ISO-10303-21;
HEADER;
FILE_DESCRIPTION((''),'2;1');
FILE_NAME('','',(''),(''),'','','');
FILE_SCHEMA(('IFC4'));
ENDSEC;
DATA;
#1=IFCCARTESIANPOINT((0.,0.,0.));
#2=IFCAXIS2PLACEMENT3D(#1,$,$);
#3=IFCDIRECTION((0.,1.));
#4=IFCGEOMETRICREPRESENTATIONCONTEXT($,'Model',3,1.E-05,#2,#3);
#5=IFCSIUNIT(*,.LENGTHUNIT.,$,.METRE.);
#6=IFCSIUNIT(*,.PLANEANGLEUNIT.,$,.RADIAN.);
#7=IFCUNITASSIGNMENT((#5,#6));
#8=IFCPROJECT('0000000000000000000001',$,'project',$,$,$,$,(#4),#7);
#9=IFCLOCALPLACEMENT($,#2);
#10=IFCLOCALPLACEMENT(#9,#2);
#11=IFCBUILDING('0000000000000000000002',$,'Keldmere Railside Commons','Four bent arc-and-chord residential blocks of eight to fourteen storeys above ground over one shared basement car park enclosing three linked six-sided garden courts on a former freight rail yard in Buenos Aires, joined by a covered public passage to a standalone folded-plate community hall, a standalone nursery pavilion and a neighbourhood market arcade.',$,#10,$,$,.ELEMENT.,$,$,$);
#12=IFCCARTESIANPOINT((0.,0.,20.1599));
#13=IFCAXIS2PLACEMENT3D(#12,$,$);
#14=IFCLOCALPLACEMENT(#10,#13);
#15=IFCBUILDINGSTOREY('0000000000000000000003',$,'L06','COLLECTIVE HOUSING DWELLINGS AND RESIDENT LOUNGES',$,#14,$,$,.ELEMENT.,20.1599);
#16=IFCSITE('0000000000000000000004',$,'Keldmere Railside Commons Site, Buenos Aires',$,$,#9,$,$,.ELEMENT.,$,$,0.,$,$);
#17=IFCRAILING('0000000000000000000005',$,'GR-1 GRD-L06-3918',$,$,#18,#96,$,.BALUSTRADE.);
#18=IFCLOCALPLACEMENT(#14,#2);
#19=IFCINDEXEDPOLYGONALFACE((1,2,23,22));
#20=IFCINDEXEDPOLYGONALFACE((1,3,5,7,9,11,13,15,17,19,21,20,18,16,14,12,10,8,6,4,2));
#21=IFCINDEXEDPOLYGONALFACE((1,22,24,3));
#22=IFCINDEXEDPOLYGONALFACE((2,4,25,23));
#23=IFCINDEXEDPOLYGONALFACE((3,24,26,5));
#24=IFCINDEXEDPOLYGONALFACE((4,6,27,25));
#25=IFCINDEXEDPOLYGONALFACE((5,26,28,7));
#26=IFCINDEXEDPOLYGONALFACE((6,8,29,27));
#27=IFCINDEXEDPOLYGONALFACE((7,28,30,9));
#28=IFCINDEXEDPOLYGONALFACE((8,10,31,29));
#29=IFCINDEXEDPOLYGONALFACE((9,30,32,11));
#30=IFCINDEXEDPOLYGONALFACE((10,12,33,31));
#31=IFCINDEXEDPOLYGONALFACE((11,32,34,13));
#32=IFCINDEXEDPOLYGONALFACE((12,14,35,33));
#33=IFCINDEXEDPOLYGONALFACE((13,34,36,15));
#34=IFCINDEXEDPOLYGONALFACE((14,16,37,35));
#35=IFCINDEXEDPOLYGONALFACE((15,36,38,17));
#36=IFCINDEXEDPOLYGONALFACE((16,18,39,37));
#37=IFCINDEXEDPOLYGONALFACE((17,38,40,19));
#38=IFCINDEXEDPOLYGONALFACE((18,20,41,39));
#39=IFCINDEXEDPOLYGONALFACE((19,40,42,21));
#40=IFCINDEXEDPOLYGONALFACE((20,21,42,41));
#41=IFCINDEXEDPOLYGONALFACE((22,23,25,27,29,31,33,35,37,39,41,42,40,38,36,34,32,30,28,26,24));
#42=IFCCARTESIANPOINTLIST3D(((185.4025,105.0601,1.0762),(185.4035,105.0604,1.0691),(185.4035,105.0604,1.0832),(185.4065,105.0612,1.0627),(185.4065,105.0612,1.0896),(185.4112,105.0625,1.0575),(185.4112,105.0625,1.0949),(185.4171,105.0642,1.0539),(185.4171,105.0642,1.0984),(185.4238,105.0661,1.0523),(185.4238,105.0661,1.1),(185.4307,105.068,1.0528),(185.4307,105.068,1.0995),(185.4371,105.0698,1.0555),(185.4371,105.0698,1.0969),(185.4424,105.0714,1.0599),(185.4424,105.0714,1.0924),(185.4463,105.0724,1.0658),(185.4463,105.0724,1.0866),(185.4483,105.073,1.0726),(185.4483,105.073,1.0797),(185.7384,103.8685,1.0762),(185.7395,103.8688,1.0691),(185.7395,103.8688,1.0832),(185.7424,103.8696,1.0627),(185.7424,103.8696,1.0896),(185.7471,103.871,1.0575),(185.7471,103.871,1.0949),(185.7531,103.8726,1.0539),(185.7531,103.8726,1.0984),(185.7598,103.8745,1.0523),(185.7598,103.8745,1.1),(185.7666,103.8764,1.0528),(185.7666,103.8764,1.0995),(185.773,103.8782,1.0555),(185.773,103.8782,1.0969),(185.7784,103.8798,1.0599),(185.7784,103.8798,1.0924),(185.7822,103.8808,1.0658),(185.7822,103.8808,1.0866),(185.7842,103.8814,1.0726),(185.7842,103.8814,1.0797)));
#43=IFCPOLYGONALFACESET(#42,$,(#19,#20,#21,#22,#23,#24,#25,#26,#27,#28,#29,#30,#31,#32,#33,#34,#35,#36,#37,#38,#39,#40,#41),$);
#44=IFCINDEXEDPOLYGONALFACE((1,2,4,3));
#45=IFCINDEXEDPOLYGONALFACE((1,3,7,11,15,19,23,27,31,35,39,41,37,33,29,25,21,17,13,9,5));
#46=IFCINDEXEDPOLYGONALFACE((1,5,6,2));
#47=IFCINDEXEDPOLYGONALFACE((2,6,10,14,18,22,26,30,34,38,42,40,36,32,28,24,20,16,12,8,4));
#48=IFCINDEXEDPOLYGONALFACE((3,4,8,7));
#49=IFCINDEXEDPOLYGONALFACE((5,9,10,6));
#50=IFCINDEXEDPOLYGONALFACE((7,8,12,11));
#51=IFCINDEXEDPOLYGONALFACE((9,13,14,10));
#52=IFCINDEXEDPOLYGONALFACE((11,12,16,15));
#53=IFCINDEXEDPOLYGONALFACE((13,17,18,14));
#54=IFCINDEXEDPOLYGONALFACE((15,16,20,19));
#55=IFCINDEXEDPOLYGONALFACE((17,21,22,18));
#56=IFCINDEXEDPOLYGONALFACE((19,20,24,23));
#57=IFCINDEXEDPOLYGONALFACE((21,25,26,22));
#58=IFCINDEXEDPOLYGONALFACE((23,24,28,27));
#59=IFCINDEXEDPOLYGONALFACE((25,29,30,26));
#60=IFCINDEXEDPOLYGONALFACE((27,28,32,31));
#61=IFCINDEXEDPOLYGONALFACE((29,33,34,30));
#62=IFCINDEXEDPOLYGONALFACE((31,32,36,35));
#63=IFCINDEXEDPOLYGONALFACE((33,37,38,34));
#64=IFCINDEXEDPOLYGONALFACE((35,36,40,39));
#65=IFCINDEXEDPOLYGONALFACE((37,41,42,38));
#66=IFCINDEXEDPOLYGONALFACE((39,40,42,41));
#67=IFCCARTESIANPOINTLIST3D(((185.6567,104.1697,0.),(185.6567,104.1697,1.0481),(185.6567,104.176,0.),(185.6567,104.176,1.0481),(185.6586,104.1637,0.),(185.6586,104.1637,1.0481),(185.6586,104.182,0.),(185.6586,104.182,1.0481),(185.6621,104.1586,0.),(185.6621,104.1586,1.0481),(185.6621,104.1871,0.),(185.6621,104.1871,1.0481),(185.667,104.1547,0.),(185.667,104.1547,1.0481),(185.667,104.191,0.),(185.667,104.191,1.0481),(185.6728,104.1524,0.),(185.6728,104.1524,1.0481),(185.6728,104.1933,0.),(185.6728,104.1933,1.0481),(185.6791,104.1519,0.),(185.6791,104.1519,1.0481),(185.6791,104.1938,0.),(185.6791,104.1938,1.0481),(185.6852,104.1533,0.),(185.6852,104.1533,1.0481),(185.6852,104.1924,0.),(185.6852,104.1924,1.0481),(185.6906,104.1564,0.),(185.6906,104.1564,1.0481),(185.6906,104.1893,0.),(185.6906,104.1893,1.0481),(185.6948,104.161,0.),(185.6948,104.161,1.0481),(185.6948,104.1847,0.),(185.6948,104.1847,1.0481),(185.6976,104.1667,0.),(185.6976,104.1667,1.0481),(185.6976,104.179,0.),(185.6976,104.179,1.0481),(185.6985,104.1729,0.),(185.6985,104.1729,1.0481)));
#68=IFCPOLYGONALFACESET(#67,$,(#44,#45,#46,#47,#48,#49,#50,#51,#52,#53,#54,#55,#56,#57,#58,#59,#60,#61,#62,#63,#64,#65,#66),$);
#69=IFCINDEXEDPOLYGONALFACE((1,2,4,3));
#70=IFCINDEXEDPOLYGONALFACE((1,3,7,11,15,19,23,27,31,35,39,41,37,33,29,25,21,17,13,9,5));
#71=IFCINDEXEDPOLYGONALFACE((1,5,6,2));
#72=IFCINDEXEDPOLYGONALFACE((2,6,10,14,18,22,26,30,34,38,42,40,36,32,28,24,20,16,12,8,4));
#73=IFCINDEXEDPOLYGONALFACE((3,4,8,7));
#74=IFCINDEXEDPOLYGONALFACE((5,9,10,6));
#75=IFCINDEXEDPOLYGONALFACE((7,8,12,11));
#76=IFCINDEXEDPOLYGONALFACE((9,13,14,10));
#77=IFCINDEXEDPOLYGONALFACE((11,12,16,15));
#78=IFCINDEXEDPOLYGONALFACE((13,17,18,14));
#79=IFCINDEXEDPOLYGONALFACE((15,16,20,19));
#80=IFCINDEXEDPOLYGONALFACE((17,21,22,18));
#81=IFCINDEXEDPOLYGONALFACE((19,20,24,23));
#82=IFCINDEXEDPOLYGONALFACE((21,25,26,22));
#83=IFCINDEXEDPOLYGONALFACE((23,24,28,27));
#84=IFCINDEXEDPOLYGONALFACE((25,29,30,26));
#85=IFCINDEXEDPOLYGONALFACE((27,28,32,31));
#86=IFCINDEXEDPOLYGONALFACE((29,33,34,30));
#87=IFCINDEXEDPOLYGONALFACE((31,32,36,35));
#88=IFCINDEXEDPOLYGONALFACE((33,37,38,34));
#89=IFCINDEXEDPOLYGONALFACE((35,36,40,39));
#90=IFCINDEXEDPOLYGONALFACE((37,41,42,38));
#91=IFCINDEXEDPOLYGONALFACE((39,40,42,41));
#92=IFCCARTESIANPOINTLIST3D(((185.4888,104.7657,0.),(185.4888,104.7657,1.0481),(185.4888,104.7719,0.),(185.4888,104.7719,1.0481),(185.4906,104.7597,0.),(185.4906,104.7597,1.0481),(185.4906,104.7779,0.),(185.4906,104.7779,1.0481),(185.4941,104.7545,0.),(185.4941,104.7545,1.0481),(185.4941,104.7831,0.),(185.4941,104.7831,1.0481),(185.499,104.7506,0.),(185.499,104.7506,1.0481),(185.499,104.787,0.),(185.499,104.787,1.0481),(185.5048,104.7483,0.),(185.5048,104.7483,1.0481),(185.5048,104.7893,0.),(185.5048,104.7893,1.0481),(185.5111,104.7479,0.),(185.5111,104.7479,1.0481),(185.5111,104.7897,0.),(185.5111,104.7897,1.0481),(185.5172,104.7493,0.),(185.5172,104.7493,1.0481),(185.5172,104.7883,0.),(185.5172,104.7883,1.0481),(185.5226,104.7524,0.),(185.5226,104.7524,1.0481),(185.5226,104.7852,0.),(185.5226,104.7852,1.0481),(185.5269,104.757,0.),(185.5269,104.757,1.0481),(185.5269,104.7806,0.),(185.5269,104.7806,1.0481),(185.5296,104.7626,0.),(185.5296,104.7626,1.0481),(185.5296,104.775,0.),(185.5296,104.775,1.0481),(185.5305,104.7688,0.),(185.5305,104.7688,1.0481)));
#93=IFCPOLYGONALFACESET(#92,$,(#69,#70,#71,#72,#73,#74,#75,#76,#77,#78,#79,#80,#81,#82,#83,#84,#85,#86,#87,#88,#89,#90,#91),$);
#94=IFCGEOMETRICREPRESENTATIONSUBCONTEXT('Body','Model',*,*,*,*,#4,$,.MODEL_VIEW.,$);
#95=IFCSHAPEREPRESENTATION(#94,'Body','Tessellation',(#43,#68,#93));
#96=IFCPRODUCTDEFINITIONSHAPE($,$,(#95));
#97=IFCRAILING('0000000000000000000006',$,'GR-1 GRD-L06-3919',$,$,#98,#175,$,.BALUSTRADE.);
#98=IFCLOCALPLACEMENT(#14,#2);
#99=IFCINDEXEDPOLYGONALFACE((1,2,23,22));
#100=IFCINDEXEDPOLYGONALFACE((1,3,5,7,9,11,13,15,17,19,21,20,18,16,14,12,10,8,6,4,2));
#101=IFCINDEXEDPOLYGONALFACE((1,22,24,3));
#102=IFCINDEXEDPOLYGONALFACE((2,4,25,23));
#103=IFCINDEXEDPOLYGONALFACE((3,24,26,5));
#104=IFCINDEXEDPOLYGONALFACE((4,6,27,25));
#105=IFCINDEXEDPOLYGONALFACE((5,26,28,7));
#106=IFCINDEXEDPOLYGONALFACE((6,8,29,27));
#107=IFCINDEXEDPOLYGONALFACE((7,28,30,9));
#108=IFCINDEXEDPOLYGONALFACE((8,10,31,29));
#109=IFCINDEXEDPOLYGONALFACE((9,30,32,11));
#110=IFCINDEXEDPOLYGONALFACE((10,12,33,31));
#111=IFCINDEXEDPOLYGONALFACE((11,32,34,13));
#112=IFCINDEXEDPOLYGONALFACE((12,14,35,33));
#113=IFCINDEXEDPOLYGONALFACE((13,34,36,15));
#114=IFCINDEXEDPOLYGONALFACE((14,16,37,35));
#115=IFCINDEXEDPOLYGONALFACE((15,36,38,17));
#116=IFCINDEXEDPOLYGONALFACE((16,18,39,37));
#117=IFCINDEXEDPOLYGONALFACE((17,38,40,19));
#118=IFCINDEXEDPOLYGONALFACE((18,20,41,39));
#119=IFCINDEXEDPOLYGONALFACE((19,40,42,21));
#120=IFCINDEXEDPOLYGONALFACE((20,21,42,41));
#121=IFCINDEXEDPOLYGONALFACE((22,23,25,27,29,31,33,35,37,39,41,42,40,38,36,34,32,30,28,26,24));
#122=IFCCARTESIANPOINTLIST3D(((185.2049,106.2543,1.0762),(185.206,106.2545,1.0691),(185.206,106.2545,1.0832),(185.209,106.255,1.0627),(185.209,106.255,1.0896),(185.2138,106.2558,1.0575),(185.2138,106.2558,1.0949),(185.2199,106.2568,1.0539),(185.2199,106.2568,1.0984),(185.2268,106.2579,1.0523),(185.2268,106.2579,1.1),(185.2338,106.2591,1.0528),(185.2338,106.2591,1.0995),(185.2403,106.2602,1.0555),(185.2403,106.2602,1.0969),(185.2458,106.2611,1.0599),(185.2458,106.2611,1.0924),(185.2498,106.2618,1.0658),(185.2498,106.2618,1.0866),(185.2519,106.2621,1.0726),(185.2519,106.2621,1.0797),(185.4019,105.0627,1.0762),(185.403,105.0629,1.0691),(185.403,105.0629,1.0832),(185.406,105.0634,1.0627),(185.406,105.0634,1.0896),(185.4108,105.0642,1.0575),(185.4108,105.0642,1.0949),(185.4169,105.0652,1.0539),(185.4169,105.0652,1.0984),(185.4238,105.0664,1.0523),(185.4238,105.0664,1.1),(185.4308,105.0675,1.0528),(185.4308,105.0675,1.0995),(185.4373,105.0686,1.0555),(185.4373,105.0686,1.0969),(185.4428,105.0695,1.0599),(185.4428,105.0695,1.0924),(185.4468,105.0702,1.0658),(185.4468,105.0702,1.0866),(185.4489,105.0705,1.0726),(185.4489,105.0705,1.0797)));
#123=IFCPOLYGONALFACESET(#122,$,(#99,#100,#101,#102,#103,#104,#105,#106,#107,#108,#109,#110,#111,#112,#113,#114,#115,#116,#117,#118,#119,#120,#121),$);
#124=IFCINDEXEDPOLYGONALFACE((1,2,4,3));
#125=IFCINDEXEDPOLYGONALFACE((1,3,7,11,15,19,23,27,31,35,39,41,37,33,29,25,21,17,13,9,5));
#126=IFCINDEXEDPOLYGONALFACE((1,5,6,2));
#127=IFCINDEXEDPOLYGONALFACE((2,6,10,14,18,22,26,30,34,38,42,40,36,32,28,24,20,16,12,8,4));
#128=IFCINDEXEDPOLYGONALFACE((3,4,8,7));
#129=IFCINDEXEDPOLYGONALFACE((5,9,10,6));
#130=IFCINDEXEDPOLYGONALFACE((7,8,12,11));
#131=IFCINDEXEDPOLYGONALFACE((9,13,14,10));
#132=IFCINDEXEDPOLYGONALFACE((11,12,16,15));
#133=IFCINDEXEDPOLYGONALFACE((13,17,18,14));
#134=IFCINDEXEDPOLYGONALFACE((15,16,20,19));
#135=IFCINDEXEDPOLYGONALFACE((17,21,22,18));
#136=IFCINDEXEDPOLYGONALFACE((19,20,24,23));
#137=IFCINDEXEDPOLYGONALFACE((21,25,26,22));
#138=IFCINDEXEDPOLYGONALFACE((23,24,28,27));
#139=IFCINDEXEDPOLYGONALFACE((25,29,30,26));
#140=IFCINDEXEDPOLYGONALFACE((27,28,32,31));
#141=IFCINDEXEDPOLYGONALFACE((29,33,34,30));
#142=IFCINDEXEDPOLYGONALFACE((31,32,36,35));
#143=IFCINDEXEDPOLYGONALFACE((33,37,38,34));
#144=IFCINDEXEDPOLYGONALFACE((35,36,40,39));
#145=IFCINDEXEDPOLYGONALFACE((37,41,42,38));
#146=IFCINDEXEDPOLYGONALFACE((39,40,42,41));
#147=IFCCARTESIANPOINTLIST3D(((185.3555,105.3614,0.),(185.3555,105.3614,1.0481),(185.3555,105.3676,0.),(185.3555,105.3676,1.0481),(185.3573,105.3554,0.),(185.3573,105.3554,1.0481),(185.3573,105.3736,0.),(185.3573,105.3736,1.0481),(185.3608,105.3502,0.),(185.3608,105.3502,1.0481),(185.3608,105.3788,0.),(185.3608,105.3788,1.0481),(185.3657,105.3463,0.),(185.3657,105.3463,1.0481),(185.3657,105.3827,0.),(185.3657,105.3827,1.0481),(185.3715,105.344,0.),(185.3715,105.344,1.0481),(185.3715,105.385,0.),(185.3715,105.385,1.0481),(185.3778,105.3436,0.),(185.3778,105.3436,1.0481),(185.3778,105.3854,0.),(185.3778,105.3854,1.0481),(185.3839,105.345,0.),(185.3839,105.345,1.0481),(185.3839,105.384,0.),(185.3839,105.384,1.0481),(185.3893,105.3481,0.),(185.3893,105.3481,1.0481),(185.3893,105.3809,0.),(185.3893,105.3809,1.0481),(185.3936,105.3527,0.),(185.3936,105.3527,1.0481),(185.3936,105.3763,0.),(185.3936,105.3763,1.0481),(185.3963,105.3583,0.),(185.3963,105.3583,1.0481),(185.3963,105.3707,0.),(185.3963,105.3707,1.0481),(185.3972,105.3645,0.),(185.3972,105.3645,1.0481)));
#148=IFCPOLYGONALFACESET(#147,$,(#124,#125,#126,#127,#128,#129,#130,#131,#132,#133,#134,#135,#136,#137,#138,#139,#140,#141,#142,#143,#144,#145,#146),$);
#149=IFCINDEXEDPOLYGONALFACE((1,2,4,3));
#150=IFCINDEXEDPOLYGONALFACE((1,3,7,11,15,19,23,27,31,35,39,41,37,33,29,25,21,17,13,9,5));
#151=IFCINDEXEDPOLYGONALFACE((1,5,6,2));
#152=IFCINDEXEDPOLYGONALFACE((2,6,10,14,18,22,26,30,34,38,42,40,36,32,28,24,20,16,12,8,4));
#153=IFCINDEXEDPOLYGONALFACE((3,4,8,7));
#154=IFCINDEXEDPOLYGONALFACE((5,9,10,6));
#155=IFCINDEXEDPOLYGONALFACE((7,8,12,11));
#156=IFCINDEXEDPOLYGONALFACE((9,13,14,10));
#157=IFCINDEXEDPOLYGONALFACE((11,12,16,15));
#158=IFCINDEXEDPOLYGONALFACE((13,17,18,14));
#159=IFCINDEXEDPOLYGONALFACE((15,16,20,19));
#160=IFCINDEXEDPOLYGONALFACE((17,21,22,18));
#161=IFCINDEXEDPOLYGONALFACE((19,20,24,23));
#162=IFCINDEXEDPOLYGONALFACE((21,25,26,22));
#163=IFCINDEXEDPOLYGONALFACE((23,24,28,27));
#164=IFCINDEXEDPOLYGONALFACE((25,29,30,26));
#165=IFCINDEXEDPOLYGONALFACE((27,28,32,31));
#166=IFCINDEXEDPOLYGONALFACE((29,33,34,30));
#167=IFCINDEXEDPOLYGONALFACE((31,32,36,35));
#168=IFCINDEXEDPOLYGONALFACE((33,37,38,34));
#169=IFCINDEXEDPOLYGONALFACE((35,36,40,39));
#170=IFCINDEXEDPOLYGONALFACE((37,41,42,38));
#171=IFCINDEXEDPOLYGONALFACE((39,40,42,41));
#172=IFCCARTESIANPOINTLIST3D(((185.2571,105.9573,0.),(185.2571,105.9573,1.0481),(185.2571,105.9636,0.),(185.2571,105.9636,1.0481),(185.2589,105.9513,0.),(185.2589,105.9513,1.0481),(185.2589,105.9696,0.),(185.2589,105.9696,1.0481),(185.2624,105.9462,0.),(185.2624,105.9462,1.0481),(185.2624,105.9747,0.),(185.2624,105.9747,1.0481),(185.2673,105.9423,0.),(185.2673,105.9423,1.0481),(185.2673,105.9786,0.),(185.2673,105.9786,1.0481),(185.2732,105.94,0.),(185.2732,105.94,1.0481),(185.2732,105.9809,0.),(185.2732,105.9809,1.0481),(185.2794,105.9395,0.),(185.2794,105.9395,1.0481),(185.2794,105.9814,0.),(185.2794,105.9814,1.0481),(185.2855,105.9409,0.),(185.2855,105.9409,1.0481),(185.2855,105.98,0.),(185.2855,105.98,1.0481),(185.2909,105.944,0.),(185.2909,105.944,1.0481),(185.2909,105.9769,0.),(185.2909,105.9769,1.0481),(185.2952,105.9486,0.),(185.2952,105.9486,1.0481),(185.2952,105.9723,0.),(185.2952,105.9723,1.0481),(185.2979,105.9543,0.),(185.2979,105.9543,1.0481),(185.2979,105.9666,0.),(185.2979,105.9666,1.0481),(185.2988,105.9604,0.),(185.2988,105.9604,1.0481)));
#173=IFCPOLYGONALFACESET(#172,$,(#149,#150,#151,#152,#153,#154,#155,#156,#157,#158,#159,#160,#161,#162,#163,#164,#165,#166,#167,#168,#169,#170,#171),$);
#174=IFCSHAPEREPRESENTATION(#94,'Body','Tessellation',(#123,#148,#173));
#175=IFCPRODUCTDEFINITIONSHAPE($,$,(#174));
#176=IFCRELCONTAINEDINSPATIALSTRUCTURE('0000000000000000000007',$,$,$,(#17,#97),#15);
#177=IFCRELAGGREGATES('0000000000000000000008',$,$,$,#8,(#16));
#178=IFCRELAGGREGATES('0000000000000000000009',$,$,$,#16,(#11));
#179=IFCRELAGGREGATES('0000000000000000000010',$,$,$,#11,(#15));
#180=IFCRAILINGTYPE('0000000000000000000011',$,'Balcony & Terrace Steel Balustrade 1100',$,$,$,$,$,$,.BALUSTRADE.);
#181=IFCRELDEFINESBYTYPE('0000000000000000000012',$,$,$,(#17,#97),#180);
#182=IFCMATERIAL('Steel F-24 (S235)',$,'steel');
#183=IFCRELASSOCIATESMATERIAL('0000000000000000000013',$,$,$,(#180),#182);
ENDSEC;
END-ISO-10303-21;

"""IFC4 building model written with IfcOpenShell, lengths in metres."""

from ifc_helpers import new_model, si_unit, direction, frame, origin, origin_2d, place, context, subcontext, project, spatial, circle, extrude, material, type_object, element, save


model = new_model("IFC4")

# Units and contexts
model_context = context("Model", 3, precision=1e-05, world=origin(), true_north=direction((0.0, 1.0)))
body_context = subcontext(model_context, "Body", "Model", "MODEL_VIEW")
ifc_project = project(units=[si_unit("LENGTHUNIT", "METRE"), si_unit("PLANEANGLEUNIT", "RADIAN")], contexts=[model_context])

# Site, building, storey
site_placement = place(None, origin())
site = spatial("IfcSite", under=ifc_project, at=site_placement, Name="Keldmere Railside Commons Site, Buenos Aires", CompositionType="ELEMENT", RefElevation=0.0)
building_placement = place(site_placement, origin())
building = spatial("IfcBuilding", under=site, at=building_placement, Name="Keldmere Railside Commons", Description="Four bent arc-and-chord residential blocks of eight to fourteen storeys above ground over one shared basement car park enclosing three linked six-sided garden courts on a former freight rail yard in Buenos Aires, joined by a covered public passage to a standalone folded-plate community hall, a standalone nursery pavilion and a neighbourhood market arcade.", CompositionType="ELEMENT")
storey_placement = place(building_placement, frame((0.0, 0.0, 20.1599)))
storey = spatial("IfcBuildingStorey", under=building, at=storey_placement, Name="L06", Description="COLLECTIVE HOUSING DWELLINGS AND RESIDENT LOUNGES", CompositionType="ELEMENT", Elevation=20.1599)

# Railings
ifc_material_1 = material(Name="Steel F-24 (S235)", Category="steel")
railing_type = type_object("IfcRailingType", Name="Balcony & Terrace Steel Balustrade 1100", PredefinedType="BALUSTRADE", material=ifc_material_1)
railing_1_placement = place(storey_placement, frame((185.7615, 103.875, 0.0)))
element("IfcRailing", 1, at=railing_1_placement, inside=storey, type_object=railing_type, Name="GR-1 GRD-L06-3918", PredefinedType="BALUSTRADE", context=body_context, shape_type="SweptSolid", body=[
    extrude(circle(Radius=0.0239, at=origin_2d()), frame((0.0, 0.0, 1.0762), z_axis=(-0.271334, 0.962485, 0.0), x_axis=(-0.962485, -0.271334, 0.0)), (0.0, 0.0, 1.0), 1.238),
    extrude(circle(Radius=0.021, at=origin_2d()), frame((-0.084, 0.2979, 0.0)), (0.0, 0.0, 1.0), 1.0481),
    extrude(circle(Radius=0.021, at=origin_2d()), frame((-0.252, 0.8938, 0.0)), (0.0, 0.0, 1.0), 1.0481),
])
railing_2_placement = place(storey_placement, frame((185.4255, 105.0667, 0.0)))
element("IfcRailing", 2, at=railing_2_placement, inside=storey, type_object=railing_type, Name="GR-1 GRD-L06-3919", PredefinedType="BALUSTRADE", context=body_context, shape_type="SweptSolid", body=[
    extrude(circle(Radius=0.0239, at=origin_2d()), frame((0.0, 0.0, 1.0762), z_axis=(-0.163121, 0.986606, 0.0), x_axis=(-0.986606, -0.163121, 0.0)), (0.0, 0.0, 1.0), 1.2078),
    extrude(circle(Radius=0.021, at=origin_2d()), frame((-0.0493, 0.2979, 0.0)), (0.0, 0.0, 1.0), 1.0481),
    extrude(circle(Radius=0.021, at=origin_2d()), frame((-0.1477, 0.8938, 0.0)), (0.0, 0.0, 1.0), 1.0481),
])

save(model, "model.ifc")
